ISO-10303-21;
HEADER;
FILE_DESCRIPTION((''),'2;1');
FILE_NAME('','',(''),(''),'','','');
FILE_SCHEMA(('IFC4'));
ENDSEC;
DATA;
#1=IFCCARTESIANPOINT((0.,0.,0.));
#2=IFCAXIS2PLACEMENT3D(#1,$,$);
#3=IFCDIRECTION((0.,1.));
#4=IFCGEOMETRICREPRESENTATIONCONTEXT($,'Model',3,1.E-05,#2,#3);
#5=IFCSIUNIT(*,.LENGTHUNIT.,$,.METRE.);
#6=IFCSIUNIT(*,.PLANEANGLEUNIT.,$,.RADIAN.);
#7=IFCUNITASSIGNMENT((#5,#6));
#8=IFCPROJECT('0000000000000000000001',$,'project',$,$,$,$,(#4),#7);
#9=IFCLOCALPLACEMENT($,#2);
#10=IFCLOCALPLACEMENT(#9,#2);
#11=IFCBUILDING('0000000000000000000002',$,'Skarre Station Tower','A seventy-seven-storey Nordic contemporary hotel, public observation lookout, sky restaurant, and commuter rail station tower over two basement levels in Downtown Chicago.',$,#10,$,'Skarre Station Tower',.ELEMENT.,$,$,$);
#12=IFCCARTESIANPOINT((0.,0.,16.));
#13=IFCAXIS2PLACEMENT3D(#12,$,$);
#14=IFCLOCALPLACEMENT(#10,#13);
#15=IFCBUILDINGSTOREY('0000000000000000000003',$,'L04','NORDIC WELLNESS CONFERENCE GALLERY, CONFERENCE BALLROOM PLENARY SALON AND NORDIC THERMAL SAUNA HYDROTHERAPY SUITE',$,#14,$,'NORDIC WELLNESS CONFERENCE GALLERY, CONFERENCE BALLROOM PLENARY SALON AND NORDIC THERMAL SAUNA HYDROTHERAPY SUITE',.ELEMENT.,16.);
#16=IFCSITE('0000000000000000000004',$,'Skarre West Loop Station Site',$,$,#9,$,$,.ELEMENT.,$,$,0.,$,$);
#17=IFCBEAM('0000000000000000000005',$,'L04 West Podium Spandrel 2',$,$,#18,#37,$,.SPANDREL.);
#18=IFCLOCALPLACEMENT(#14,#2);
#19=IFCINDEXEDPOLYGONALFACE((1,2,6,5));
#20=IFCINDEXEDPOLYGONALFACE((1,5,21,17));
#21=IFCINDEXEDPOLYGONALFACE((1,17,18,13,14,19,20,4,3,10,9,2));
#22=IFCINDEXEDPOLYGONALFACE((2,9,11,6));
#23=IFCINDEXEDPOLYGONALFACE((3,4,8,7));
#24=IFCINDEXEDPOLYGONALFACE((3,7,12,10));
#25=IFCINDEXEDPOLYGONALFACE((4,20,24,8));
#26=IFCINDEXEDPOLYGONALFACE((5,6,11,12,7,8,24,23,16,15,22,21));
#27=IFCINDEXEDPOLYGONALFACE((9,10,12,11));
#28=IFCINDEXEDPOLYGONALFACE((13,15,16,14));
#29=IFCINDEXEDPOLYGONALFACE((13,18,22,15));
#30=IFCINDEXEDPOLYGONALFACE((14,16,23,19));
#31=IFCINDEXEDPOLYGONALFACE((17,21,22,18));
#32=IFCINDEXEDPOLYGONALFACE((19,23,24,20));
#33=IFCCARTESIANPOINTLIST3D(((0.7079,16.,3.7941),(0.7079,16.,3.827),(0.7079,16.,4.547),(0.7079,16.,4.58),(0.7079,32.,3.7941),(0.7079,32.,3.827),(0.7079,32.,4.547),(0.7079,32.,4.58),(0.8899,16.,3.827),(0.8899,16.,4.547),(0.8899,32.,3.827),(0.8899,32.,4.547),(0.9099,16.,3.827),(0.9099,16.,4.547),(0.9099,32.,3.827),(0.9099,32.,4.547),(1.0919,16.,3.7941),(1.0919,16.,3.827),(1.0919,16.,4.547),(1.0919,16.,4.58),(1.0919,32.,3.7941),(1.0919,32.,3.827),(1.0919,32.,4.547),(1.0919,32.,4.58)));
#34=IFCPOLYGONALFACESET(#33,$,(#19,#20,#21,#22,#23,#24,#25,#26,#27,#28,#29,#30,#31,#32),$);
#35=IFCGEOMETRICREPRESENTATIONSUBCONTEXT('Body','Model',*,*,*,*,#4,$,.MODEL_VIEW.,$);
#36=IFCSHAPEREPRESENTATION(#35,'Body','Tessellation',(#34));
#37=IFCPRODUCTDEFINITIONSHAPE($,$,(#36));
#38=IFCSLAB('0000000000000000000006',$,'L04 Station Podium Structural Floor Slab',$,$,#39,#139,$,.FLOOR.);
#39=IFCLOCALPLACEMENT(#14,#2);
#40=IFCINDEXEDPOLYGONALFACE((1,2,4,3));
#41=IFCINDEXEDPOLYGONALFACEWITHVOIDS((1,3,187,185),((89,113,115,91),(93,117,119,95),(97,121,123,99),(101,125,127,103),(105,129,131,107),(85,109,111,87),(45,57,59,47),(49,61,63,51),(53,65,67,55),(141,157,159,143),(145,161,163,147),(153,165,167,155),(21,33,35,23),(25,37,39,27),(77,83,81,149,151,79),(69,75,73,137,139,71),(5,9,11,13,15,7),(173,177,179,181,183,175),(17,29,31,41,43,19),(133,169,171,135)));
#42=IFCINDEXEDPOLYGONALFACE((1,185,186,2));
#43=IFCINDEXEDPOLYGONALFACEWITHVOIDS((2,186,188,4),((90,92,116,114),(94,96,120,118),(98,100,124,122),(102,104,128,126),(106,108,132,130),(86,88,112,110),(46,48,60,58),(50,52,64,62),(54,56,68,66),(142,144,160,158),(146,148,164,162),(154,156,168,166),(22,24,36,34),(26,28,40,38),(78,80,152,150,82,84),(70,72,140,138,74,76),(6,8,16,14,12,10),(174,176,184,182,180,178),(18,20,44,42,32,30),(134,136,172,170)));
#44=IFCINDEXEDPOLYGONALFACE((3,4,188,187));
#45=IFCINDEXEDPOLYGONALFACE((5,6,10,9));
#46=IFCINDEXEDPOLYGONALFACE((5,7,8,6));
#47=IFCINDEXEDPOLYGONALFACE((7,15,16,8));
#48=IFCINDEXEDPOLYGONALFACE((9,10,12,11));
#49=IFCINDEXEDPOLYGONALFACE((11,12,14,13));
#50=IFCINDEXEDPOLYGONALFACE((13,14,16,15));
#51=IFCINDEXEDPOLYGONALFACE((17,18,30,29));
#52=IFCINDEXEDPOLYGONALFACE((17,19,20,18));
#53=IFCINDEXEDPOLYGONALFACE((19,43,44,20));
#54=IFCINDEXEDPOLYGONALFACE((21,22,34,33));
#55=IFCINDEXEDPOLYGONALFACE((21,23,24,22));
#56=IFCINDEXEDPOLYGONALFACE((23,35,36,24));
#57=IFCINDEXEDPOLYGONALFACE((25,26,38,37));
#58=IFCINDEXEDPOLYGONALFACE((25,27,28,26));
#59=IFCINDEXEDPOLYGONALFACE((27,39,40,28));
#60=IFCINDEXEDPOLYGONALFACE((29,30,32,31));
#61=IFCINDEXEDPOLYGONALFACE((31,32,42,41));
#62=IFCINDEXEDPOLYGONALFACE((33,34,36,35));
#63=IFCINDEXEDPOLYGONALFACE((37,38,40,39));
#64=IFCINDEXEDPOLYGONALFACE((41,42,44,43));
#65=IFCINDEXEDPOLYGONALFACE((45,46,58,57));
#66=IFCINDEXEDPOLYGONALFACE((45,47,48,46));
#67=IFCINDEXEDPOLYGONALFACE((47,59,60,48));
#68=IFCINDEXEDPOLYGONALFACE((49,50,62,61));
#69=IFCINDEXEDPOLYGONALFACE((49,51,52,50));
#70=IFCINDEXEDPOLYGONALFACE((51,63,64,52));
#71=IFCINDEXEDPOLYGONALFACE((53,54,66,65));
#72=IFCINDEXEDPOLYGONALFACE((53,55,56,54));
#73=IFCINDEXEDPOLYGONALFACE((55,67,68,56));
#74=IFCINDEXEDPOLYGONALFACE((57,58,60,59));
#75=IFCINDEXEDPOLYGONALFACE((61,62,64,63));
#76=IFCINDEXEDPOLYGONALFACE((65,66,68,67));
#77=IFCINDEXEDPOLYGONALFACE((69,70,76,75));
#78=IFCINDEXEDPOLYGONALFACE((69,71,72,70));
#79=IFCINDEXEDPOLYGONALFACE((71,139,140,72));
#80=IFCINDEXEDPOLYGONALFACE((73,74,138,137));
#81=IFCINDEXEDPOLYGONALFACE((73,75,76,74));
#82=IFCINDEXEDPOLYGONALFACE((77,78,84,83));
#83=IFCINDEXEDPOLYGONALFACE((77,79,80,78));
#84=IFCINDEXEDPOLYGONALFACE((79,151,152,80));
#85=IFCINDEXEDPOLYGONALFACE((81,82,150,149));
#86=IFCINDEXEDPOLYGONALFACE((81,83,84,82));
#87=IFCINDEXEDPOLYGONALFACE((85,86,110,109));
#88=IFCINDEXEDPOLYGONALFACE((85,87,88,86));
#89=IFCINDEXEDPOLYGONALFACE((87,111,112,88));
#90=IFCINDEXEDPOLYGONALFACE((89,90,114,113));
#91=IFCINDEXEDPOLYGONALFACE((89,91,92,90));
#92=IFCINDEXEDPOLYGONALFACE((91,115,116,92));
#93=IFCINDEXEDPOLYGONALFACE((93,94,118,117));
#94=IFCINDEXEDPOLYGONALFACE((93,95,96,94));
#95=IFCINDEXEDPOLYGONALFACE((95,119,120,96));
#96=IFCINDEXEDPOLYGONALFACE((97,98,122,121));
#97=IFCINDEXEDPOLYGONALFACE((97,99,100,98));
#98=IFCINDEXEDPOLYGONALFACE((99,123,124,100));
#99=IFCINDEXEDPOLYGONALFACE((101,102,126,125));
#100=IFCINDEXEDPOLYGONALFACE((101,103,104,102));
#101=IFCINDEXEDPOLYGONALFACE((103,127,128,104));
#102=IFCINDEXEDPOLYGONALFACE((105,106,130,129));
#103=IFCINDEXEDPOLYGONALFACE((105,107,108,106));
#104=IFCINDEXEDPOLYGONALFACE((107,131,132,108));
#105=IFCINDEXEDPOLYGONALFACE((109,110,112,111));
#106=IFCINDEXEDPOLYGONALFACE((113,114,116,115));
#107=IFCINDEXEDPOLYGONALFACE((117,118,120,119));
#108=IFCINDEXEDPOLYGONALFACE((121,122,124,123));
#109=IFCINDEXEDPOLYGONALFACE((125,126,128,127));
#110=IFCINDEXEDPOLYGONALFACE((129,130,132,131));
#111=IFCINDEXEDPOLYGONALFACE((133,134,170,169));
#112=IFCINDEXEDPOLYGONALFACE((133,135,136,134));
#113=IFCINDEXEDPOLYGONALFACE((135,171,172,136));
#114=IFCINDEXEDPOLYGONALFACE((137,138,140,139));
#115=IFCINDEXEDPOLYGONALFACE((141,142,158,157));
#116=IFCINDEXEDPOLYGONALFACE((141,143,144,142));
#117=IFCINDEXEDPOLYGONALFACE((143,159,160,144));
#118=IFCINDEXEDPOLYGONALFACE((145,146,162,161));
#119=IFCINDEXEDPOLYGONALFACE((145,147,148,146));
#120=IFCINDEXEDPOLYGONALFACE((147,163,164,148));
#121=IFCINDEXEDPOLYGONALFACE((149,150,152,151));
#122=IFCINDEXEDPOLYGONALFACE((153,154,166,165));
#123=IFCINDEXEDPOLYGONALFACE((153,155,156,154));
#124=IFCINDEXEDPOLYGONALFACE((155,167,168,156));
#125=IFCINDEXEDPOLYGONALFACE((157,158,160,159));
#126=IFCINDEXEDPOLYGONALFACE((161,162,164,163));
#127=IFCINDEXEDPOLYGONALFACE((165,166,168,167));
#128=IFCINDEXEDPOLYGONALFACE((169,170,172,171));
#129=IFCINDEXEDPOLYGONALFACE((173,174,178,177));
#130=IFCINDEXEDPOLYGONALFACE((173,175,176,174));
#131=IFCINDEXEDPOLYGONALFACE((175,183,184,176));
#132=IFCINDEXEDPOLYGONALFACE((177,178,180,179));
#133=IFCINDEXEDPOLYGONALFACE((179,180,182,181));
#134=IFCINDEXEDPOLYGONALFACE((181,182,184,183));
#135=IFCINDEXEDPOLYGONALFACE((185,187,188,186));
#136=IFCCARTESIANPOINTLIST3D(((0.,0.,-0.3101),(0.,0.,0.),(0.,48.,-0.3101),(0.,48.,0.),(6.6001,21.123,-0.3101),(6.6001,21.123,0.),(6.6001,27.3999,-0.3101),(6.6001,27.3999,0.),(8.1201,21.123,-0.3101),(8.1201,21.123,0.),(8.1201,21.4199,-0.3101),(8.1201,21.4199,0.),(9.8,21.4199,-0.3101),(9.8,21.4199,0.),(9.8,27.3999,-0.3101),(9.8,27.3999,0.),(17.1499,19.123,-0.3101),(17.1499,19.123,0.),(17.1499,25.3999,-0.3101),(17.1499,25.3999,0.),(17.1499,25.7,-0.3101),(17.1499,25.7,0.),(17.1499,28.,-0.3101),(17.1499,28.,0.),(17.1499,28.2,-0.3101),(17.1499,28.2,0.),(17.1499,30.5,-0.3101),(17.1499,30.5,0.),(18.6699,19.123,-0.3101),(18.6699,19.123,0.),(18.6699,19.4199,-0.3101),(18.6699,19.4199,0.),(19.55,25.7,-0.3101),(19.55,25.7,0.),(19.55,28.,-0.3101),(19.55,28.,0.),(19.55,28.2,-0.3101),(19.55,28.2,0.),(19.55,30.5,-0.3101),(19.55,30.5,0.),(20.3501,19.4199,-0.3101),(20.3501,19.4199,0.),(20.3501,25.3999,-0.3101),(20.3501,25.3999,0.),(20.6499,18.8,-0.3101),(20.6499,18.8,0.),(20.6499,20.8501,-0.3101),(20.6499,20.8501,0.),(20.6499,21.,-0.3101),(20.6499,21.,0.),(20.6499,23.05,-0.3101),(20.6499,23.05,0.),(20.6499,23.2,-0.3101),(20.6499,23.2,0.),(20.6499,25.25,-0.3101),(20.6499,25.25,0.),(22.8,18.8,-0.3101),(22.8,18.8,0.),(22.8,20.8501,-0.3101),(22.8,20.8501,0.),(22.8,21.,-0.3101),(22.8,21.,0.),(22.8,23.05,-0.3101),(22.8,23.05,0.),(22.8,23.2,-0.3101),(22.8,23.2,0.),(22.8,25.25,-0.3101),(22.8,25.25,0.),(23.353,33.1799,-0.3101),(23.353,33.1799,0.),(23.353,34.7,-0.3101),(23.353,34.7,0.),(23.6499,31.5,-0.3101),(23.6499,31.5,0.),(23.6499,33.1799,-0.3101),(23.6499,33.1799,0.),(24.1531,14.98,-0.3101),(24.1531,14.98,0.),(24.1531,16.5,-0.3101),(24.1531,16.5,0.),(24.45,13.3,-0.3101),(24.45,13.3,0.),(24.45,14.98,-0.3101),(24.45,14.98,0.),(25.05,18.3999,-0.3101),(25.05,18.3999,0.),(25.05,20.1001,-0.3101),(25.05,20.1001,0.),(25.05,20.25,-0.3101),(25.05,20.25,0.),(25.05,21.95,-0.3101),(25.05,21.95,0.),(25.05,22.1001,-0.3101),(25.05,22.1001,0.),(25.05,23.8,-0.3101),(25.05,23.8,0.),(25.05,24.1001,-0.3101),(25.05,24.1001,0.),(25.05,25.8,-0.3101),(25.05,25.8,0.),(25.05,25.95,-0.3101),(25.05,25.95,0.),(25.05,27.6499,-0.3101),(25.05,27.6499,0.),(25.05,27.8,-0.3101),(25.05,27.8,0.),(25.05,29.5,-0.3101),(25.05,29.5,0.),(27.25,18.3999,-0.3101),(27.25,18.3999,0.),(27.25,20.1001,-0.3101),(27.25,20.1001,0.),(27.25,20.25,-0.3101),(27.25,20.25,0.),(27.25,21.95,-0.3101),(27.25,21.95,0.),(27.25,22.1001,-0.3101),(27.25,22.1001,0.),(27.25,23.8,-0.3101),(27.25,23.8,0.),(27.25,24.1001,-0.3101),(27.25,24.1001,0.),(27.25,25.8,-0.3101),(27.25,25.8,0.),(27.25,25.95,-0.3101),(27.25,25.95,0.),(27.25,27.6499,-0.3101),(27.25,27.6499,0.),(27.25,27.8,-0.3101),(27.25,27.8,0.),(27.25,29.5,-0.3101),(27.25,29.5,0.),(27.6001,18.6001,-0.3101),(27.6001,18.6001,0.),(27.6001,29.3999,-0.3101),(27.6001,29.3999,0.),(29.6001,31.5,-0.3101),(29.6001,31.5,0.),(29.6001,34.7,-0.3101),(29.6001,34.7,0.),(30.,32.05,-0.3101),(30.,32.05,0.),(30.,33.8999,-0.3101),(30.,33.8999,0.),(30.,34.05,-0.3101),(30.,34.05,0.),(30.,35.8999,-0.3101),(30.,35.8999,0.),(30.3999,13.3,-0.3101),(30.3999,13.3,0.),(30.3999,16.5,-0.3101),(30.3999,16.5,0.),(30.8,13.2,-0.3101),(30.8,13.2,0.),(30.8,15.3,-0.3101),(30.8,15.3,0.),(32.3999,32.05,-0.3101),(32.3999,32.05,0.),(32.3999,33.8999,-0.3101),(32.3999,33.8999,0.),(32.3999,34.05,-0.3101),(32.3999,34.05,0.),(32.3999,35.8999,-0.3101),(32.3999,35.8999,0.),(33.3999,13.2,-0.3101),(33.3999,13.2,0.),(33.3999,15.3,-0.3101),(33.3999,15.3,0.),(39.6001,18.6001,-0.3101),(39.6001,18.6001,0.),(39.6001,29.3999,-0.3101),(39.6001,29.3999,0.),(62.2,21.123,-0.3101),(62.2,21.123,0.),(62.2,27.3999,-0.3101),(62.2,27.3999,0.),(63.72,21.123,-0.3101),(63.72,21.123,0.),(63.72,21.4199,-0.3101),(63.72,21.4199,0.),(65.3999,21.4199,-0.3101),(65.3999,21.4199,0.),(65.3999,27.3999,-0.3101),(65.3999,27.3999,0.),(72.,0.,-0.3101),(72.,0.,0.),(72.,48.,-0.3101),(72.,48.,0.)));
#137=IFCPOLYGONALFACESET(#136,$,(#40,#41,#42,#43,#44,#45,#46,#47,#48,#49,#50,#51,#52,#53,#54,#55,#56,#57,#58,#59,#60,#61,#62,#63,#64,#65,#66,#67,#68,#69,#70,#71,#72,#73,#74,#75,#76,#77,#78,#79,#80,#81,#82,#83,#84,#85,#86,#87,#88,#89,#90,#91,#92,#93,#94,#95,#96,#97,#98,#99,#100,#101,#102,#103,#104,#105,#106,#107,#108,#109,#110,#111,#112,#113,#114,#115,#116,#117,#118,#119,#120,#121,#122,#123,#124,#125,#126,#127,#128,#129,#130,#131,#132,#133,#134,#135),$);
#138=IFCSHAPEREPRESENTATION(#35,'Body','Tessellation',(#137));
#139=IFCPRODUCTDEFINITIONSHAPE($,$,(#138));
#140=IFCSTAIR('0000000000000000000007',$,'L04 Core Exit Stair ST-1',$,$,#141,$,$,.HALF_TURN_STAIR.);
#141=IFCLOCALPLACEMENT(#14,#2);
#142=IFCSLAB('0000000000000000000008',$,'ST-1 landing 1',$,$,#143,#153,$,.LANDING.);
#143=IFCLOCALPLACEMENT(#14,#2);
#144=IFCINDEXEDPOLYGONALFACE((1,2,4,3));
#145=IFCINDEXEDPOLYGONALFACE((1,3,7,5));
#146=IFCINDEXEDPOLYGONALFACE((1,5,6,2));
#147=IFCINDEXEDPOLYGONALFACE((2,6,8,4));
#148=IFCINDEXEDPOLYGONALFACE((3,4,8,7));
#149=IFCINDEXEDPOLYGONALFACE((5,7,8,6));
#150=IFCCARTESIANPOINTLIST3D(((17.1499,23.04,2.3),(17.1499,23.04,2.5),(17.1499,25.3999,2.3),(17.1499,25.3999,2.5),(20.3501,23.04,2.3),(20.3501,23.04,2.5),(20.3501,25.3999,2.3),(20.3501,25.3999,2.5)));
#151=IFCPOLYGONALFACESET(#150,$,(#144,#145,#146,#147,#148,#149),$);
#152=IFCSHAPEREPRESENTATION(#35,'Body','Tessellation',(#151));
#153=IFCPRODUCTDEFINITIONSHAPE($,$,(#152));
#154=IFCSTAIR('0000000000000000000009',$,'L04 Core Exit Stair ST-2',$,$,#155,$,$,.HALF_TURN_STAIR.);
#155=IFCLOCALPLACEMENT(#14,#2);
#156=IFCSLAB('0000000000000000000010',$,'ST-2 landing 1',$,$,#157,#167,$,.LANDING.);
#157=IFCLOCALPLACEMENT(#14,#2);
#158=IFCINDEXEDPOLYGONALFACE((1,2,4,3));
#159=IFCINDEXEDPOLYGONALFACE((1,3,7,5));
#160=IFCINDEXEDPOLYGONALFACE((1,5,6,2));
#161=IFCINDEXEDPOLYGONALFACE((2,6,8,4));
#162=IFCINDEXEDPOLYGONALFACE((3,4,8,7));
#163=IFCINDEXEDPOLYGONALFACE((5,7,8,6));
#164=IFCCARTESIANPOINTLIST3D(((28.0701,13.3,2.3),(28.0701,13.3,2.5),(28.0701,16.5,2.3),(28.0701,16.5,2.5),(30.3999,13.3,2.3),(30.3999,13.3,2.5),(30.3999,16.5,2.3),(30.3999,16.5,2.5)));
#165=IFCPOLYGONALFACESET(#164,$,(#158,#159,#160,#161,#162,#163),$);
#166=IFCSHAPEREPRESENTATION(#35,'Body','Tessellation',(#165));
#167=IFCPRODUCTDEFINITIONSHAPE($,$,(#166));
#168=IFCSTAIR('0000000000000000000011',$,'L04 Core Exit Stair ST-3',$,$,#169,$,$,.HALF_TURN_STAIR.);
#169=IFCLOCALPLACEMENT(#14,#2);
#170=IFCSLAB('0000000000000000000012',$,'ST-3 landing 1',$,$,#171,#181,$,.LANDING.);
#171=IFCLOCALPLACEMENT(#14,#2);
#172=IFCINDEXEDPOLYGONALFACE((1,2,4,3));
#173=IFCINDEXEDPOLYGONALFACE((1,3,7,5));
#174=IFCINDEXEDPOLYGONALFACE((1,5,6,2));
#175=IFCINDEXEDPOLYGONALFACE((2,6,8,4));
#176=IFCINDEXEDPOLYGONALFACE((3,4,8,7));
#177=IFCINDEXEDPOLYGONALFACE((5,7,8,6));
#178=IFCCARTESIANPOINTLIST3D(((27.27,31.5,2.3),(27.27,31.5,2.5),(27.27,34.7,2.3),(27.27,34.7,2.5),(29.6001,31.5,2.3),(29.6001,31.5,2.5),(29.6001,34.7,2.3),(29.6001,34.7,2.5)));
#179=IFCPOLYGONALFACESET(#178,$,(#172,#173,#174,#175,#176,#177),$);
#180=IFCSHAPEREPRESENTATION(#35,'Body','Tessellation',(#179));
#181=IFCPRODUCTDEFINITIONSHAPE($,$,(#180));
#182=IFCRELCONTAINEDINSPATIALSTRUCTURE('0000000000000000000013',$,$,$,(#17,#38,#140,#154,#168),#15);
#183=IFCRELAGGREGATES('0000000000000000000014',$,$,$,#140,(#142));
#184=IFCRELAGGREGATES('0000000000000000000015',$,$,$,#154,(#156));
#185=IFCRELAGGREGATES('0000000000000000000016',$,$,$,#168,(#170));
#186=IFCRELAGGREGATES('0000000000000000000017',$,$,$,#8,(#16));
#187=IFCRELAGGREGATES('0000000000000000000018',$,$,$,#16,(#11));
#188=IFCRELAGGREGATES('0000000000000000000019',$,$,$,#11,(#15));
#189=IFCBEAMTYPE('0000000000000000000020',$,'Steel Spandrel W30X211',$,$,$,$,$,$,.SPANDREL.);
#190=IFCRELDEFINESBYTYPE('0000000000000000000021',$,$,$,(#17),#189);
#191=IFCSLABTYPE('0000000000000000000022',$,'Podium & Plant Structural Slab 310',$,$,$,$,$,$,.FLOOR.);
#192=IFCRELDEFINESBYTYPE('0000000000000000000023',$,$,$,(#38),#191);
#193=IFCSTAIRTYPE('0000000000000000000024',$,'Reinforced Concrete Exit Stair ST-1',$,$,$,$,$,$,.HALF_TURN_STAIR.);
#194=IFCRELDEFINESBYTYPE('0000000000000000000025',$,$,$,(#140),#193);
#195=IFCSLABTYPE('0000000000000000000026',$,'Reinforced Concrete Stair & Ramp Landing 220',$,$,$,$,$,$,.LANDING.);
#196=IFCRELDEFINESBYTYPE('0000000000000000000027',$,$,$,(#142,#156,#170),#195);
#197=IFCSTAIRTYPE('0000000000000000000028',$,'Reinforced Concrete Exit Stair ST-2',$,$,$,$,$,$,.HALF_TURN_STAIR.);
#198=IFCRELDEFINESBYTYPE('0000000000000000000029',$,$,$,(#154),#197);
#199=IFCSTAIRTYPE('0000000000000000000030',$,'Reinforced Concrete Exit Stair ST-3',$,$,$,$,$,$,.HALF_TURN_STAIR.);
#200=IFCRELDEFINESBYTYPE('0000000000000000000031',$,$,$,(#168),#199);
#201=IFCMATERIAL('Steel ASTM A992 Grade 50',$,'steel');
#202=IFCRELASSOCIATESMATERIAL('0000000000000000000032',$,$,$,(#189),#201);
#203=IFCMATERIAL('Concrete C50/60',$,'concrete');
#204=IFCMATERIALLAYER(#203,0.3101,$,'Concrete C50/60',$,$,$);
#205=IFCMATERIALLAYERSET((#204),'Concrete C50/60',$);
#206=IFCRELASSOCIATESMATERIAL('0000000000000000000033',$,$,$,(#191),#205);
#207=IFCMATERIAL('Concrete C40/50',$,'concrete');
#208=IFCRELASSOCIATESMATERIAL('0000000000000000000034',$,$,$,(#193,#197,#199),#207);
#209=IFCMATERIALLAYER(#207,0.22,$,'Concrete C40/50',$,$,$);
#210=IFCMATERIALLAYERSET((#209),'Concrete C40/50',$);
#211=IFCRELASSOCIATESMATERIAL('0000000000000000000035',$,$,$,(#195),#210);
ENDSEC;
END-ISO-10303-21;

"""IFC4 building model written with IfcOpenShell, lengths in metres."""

from ifc_helpers import new_model, si_unit, direction, frame, origin, origin_2d, place, context, subcontext, project, spatial, polyline, i_section, outline, extrude, material, layer, layer_set, material_profile, profile_set, type_object, element, aggregate, save


model = new_model("IFC4")

# Units and contexts
model_context = context("Model", 3, precision=1e-05, world=origin(), true_north=direction((0.0, 1.0)))
body_context = subcontext(model_context, "Body", "Model", "MODEL_VIEW")
ifc_project = project(units=[si_unit("LENGTHUNIT", "METRE"), si_unit("PLANEANGLEUNIT", "RADIAN")], contexts=[model_context])

# Site, building, storey
site_placement = place(None, origin())
site = spatial("IfcSite", under=ifc_project, at=site_placement, Name="Skarre West Loop Station Site", CompositionType="ELEMENT", RefElevation=0.0)
building_placement = place(site_placement, origin())
building = spatial("IfcBuilding", under=site, at=building_placement, Name="Skarre Station Tower", Description="A seventy-seven-storey Nordic contemporary hotel, public observation lookout, sky restaurant, and commuter rail station tower over two basement levels in Downtown Chicago.", LongName="Skarre Station Tower", CompositionType="ELEMENT")
storey_placement = place(building_placement, frame((0.0, 0.0, 16.0)))
storey = spatial("IfcBuildingStorey", under=building, at=storey_placement, Name="L04", Description="NORDIC WELLNESS CONFERENCE GALLERY, CONFERENCE BALLROOM PLENARY SALON AND NORDIC THERMAL SAUNA HYDROTHERAPY SUITE", LongName="NORDIC WELLNESS CONFERENCE GALLERY, CONFERENCE BALLROOM PLENARY SALON AND NORDIC THERMAL SAUNA HYDROTHERAPY SUITE", CompositionType="ELEMENT", Elevation=16.0)

# Beam
ifc_material_1 = material(Name="Steel ASTM A992 Grade 50", Category="steel")
ifc_material_profile_1 = material_profile(ifc_material_1, i_section(OverallWidth=0.384, OverallDepth=0.7859, WebThickness=0.02, FlangeThickness=0.033, at=origin_2d()), Name="Steel ASTM A992 Grade 50")
ifc_profile_set_1 = profile_set([ifc_material_profile_1], Name="Steel ASTM A992 Grade 50")
beam_type_1 = type_object("IfcBeamType", Name="Steel Spandrel W30X211", PredefinedType="SPANDREL", material=ifc_profile_set_1)
beam_1_placement = place(storey_placement, frame((0.8999, 16.0, 4.187), z_axis=(0.0, 1.0, 0.0), x_axis=(-1.0, 0.0, 0.0)))
element("IfcBeam", 1, at=beam_1_placement, inside=storey, type_object=beam_type_1, Name="L04 West Podium Spandrel 2", PredefinedType="SPANDREL", context=body_context, shape_type="SweptSolid", body=[
    extrude(i_section(OverallWidth=0.384, OverallDepth=0.7859, WebThickness=0.02, FlangeThickness=0.033, at=origin_2d()), origin(), (0.0, 0.0, 1.0), 16.0),
])

# Slab
ifc_material_2 = material(Name="Concrete C50/60", Category="concrete")
ifc_layer_1 = layer(ifc_material_2, 0.3101, Name="Concrete C50/60")
ifc_layer_set_1 = layer_set([ifc_layer_1], Name="Concrete C50/60")
slab_type_1 = type_object("IfcSlabType", Name="Podium & Plant Structural Slab 310", PredefinedType="FLOOR", material=ifc_layer_set_1)
slab_1_placement = place(storey_placement, frame((0.0, 0.0, -0.3101)))
element("IfcSlab", 2, at=slab_1_placement, inside=storey, type_object=slab_type_1, Name="L04 Station Podium Structural Floor Slab", PredefinedType="FLOOR", context=body_context, shape_type="SweptSolid", body=[
    extrude(outline(polyline([(0.0, 0.0), (72.0, 0.0), (72.0, 48.0), (0.0, 48.0), (0.0, 0.0)]), holes=[polyline([(18.6699, 19.4199), (18.6699, 19.123), (17.1499, 19.123), (17.1499, 25.3999), (20.3501, 25.3999), (20.3501, 19.4199), (18.6699, 19.4199)]), polyline([(24.45, 14.98), (24.1531, 14.98), (24.1531, 16.5), (30.3999, 16.5), (30.3999, 13.3), (24.45, 13.3), (24.45, 14.98)]), polyline([(23.6499, 33.1799), (23.353, 33.1799), (23.353, 34.7), (29.6001, 34.7), (29.6001, 31.5), (23.6499, 31.5), (23.6499, 33.1799)]), polyline([(8.1201, 21.4199), (8.1201, 21.123), (6.6001, 21.123), (6.6001, 27.3999), (9.8, 27.3999), (9.8, 21.4199), (8.1201, 21.4199)]), polyline([(63.72, 21.4199), (63.72, 21.123), (62.2, 21.123), (62.2, 27.3999), (65.3999, 27.3999), (65.3999, 21.4199), (63.72, 21.4199)]), polyline([(17.1499, 28.0), (19.55, 28.0), (19.55, 25.7), (17.1499, 25.7), (17.1499, 28.0)]), polyline([(17.1499, 30.5), (19.55, 30.5), (19.55, 28.2), (17.1499, 28.2), (17.1499, 30.5)]), polyline([(30.8, 15.3), (33.3999, 15.3), (33.3999, 13.2), (30.8, 13.2), (30.8, 15.3)]), polyline([(25.05, 20.1001), (27.25, 20.1001), (27.25, 18.3999), (25.05, 18.3999), (25.05, 20.1001)]), polyline([(25.05, 21.95), (27.25, 21.95), (27.25, 20.25), (25.05, 20.25), (25.05, 21.95)]), polyline([(25.05, 23.8), (27.25, 23.8), (27.25, 22.1001), (25.05, 22.1001), (25.05, 23.8)]), polyline([(25.05, 25.8), (27.25, 25.8), (27.25, 24.1001), (25.05, 24.1001), (25.05, 25.8)]), polyline([(25.05, 27.6499), (27.25, 27.6499), (27.25, 25.95), (25.05, 25.95), (25.05, 27.6499)]), polyline([(25.05, 29.5), (27.25, 29.5), (27.25, 27.8), (25.05, 27.8), (25.05, 29.5)]), polyline([(20.6499, 20.8501), (22.8, 20.8501), (22.8, 18.8), (20.6499, 18.8), (20.6499, 20.8501)]), polyline([(20.6499, 23.05), (22.8, 23.05), (22.8, 21.0), (20.6499, 21.0), (20.6499, 23.05)]), polyline([(20.6499, 25.25), (22.8, 25.25), (22.8, 23.2), (20.6499, 23.2), (20.6499, 25.25)]), polyline([(30.0, 33.8999), (32.3999, 33.8999), (32.3999, 32.05), (30.0, 32.05), (30.0, 33.8999)]), polyline([(30.0, 35.8999), (32.3999, 35.8999), (32.3999, 34.05), (30.0, 34.05), (30.0, 35.8999)]), polyline([(27.6001, 29.3999), (39.6001, 29.3999), (39.6001, 18.6001), (27.6001, 18.6001), (27.6001, 29.3999)])]), origin(), (0.0, 0.0, 1.0), 0.3101),
])

# Stairs, slabs
ifc_material_3 = material(Name="Concrete C40/50", Category="concrete")
stair_type_1 = type_object("IfcStairType", Name="Reinforced Concrete Exit Stair ST-1", PredefinedType="HALF_TURN_STAIR", material=ifc_material_3)
stair_1_placement = place(storey_placement, origin())
stair_1 = element("IfcStair", 3, at=stair_1_placement, inside=storey, type_object=stair_type_1, Name="L04 Core Exit Stair ST-1", PredefinedType="HALF_TURN_STAIR")
ifc_layer_2 = layer(ifc_material_3, 0.22, Name="Concrete C40/50")
ifc_layer_set_2 = layer_set([ifc_layer_2], Name="Concrete C40/50")
slab_type_2 = type_object("IfcSlabType", Name="Reinforced Concrete Stair & Ramp Landing 220", PredefinedType="LANDING", material=ifc_layer_set_2)
slab_2_placement = place(storey_placement, frame((0.0, 0.0, 2.3)))
slab_2 = element("IfcSlab", 4, at=slab_2_placement, type_object=slab_type_2, Name="ST-1 landing 1", PredefinedType="LANDING", context=body_context, shape_type="SweptSolid", body=[
    extrude(outline(polyline([(20.3501, 23.04), (20.3501, 25.3999), (17.1499, 25.3999), (17.1499, 23.04), (20.3501, 23.04)])), origin(), (0.0, 0.0, 1.0), 0.2),
])
aggregate(stair_1, [slab_2])
stair_type_2 = type_object("IfcStairType", Name="Reinforced Concrete Exit Stair ST-2", PredefinedType="HALF_TURN_STAIR", material=ifc_material_3)
stair_2_placement = place(storey_placement, origin())
stair_2 = element("IfcStair", 5, at=stair_2_placement, inside=storey, type_object=stair_type_2, Name="L04 Core Exit Stair ST-2", PredefinedType="HALF_TURN_STAIR")
slab_3_placement = place(storey_placement, frame((0.0, 0.0, 2.3)))
slab_3 = element("IfcSlab", 6, at=slab_3_placement, type_object=slab_type_2, Name="ST-2 landing 1", PredefinedType="LANDING", context=body_context, shape_type="SweptSolid", body=[
    extrude(outline(polyline([(28.0701, 13.3), (30.3999, 13.3), (30.3999, 16.5), (28.0701, 16.5), (28.0701, 13.3)])), origin(), (0.0, 0.0, 1.0), 0.2),
])
aggregate(stair_2, [slab_3])
stair_type_3 = type_object("IfcStairType", Name="Reinforced Concrete Exit Stair ST-3", PredefinedType="HALF_TURN_STAIR", material=ifc_material_3)
stair_3_placement = place(storey_placement, origin())
stair_3 = element("IfcStair", 7, at=stair_3_placement, inside=storey, type_object=stair_type_3, Name="L04 Core Exit Stair ST-3", PredefinedType="HALF_TURN_STAIR")
slab_4_placement = place(storey_placement, frame((0.0, 0.0, 2.3)))
slab_4 = element("IfcSlab", 8, at=slab_4_placement, type_object=slab_type_2, Name="ST-3 landing 1", PredefinedType="LANDING", context=body_context, shape_type="SweptSolid", body=[
    extrude(outline(polyline([(27.27, 31.5), (29.6001, 31.5), (29.6001, 34.7), (27.27, 34.7), (27.27, 31.5)])), origin(), (0.0, 0.0, 1.0), 0.2),
])
aggregate(stair_3, [slab_4])

save(model, "model.ifc")
